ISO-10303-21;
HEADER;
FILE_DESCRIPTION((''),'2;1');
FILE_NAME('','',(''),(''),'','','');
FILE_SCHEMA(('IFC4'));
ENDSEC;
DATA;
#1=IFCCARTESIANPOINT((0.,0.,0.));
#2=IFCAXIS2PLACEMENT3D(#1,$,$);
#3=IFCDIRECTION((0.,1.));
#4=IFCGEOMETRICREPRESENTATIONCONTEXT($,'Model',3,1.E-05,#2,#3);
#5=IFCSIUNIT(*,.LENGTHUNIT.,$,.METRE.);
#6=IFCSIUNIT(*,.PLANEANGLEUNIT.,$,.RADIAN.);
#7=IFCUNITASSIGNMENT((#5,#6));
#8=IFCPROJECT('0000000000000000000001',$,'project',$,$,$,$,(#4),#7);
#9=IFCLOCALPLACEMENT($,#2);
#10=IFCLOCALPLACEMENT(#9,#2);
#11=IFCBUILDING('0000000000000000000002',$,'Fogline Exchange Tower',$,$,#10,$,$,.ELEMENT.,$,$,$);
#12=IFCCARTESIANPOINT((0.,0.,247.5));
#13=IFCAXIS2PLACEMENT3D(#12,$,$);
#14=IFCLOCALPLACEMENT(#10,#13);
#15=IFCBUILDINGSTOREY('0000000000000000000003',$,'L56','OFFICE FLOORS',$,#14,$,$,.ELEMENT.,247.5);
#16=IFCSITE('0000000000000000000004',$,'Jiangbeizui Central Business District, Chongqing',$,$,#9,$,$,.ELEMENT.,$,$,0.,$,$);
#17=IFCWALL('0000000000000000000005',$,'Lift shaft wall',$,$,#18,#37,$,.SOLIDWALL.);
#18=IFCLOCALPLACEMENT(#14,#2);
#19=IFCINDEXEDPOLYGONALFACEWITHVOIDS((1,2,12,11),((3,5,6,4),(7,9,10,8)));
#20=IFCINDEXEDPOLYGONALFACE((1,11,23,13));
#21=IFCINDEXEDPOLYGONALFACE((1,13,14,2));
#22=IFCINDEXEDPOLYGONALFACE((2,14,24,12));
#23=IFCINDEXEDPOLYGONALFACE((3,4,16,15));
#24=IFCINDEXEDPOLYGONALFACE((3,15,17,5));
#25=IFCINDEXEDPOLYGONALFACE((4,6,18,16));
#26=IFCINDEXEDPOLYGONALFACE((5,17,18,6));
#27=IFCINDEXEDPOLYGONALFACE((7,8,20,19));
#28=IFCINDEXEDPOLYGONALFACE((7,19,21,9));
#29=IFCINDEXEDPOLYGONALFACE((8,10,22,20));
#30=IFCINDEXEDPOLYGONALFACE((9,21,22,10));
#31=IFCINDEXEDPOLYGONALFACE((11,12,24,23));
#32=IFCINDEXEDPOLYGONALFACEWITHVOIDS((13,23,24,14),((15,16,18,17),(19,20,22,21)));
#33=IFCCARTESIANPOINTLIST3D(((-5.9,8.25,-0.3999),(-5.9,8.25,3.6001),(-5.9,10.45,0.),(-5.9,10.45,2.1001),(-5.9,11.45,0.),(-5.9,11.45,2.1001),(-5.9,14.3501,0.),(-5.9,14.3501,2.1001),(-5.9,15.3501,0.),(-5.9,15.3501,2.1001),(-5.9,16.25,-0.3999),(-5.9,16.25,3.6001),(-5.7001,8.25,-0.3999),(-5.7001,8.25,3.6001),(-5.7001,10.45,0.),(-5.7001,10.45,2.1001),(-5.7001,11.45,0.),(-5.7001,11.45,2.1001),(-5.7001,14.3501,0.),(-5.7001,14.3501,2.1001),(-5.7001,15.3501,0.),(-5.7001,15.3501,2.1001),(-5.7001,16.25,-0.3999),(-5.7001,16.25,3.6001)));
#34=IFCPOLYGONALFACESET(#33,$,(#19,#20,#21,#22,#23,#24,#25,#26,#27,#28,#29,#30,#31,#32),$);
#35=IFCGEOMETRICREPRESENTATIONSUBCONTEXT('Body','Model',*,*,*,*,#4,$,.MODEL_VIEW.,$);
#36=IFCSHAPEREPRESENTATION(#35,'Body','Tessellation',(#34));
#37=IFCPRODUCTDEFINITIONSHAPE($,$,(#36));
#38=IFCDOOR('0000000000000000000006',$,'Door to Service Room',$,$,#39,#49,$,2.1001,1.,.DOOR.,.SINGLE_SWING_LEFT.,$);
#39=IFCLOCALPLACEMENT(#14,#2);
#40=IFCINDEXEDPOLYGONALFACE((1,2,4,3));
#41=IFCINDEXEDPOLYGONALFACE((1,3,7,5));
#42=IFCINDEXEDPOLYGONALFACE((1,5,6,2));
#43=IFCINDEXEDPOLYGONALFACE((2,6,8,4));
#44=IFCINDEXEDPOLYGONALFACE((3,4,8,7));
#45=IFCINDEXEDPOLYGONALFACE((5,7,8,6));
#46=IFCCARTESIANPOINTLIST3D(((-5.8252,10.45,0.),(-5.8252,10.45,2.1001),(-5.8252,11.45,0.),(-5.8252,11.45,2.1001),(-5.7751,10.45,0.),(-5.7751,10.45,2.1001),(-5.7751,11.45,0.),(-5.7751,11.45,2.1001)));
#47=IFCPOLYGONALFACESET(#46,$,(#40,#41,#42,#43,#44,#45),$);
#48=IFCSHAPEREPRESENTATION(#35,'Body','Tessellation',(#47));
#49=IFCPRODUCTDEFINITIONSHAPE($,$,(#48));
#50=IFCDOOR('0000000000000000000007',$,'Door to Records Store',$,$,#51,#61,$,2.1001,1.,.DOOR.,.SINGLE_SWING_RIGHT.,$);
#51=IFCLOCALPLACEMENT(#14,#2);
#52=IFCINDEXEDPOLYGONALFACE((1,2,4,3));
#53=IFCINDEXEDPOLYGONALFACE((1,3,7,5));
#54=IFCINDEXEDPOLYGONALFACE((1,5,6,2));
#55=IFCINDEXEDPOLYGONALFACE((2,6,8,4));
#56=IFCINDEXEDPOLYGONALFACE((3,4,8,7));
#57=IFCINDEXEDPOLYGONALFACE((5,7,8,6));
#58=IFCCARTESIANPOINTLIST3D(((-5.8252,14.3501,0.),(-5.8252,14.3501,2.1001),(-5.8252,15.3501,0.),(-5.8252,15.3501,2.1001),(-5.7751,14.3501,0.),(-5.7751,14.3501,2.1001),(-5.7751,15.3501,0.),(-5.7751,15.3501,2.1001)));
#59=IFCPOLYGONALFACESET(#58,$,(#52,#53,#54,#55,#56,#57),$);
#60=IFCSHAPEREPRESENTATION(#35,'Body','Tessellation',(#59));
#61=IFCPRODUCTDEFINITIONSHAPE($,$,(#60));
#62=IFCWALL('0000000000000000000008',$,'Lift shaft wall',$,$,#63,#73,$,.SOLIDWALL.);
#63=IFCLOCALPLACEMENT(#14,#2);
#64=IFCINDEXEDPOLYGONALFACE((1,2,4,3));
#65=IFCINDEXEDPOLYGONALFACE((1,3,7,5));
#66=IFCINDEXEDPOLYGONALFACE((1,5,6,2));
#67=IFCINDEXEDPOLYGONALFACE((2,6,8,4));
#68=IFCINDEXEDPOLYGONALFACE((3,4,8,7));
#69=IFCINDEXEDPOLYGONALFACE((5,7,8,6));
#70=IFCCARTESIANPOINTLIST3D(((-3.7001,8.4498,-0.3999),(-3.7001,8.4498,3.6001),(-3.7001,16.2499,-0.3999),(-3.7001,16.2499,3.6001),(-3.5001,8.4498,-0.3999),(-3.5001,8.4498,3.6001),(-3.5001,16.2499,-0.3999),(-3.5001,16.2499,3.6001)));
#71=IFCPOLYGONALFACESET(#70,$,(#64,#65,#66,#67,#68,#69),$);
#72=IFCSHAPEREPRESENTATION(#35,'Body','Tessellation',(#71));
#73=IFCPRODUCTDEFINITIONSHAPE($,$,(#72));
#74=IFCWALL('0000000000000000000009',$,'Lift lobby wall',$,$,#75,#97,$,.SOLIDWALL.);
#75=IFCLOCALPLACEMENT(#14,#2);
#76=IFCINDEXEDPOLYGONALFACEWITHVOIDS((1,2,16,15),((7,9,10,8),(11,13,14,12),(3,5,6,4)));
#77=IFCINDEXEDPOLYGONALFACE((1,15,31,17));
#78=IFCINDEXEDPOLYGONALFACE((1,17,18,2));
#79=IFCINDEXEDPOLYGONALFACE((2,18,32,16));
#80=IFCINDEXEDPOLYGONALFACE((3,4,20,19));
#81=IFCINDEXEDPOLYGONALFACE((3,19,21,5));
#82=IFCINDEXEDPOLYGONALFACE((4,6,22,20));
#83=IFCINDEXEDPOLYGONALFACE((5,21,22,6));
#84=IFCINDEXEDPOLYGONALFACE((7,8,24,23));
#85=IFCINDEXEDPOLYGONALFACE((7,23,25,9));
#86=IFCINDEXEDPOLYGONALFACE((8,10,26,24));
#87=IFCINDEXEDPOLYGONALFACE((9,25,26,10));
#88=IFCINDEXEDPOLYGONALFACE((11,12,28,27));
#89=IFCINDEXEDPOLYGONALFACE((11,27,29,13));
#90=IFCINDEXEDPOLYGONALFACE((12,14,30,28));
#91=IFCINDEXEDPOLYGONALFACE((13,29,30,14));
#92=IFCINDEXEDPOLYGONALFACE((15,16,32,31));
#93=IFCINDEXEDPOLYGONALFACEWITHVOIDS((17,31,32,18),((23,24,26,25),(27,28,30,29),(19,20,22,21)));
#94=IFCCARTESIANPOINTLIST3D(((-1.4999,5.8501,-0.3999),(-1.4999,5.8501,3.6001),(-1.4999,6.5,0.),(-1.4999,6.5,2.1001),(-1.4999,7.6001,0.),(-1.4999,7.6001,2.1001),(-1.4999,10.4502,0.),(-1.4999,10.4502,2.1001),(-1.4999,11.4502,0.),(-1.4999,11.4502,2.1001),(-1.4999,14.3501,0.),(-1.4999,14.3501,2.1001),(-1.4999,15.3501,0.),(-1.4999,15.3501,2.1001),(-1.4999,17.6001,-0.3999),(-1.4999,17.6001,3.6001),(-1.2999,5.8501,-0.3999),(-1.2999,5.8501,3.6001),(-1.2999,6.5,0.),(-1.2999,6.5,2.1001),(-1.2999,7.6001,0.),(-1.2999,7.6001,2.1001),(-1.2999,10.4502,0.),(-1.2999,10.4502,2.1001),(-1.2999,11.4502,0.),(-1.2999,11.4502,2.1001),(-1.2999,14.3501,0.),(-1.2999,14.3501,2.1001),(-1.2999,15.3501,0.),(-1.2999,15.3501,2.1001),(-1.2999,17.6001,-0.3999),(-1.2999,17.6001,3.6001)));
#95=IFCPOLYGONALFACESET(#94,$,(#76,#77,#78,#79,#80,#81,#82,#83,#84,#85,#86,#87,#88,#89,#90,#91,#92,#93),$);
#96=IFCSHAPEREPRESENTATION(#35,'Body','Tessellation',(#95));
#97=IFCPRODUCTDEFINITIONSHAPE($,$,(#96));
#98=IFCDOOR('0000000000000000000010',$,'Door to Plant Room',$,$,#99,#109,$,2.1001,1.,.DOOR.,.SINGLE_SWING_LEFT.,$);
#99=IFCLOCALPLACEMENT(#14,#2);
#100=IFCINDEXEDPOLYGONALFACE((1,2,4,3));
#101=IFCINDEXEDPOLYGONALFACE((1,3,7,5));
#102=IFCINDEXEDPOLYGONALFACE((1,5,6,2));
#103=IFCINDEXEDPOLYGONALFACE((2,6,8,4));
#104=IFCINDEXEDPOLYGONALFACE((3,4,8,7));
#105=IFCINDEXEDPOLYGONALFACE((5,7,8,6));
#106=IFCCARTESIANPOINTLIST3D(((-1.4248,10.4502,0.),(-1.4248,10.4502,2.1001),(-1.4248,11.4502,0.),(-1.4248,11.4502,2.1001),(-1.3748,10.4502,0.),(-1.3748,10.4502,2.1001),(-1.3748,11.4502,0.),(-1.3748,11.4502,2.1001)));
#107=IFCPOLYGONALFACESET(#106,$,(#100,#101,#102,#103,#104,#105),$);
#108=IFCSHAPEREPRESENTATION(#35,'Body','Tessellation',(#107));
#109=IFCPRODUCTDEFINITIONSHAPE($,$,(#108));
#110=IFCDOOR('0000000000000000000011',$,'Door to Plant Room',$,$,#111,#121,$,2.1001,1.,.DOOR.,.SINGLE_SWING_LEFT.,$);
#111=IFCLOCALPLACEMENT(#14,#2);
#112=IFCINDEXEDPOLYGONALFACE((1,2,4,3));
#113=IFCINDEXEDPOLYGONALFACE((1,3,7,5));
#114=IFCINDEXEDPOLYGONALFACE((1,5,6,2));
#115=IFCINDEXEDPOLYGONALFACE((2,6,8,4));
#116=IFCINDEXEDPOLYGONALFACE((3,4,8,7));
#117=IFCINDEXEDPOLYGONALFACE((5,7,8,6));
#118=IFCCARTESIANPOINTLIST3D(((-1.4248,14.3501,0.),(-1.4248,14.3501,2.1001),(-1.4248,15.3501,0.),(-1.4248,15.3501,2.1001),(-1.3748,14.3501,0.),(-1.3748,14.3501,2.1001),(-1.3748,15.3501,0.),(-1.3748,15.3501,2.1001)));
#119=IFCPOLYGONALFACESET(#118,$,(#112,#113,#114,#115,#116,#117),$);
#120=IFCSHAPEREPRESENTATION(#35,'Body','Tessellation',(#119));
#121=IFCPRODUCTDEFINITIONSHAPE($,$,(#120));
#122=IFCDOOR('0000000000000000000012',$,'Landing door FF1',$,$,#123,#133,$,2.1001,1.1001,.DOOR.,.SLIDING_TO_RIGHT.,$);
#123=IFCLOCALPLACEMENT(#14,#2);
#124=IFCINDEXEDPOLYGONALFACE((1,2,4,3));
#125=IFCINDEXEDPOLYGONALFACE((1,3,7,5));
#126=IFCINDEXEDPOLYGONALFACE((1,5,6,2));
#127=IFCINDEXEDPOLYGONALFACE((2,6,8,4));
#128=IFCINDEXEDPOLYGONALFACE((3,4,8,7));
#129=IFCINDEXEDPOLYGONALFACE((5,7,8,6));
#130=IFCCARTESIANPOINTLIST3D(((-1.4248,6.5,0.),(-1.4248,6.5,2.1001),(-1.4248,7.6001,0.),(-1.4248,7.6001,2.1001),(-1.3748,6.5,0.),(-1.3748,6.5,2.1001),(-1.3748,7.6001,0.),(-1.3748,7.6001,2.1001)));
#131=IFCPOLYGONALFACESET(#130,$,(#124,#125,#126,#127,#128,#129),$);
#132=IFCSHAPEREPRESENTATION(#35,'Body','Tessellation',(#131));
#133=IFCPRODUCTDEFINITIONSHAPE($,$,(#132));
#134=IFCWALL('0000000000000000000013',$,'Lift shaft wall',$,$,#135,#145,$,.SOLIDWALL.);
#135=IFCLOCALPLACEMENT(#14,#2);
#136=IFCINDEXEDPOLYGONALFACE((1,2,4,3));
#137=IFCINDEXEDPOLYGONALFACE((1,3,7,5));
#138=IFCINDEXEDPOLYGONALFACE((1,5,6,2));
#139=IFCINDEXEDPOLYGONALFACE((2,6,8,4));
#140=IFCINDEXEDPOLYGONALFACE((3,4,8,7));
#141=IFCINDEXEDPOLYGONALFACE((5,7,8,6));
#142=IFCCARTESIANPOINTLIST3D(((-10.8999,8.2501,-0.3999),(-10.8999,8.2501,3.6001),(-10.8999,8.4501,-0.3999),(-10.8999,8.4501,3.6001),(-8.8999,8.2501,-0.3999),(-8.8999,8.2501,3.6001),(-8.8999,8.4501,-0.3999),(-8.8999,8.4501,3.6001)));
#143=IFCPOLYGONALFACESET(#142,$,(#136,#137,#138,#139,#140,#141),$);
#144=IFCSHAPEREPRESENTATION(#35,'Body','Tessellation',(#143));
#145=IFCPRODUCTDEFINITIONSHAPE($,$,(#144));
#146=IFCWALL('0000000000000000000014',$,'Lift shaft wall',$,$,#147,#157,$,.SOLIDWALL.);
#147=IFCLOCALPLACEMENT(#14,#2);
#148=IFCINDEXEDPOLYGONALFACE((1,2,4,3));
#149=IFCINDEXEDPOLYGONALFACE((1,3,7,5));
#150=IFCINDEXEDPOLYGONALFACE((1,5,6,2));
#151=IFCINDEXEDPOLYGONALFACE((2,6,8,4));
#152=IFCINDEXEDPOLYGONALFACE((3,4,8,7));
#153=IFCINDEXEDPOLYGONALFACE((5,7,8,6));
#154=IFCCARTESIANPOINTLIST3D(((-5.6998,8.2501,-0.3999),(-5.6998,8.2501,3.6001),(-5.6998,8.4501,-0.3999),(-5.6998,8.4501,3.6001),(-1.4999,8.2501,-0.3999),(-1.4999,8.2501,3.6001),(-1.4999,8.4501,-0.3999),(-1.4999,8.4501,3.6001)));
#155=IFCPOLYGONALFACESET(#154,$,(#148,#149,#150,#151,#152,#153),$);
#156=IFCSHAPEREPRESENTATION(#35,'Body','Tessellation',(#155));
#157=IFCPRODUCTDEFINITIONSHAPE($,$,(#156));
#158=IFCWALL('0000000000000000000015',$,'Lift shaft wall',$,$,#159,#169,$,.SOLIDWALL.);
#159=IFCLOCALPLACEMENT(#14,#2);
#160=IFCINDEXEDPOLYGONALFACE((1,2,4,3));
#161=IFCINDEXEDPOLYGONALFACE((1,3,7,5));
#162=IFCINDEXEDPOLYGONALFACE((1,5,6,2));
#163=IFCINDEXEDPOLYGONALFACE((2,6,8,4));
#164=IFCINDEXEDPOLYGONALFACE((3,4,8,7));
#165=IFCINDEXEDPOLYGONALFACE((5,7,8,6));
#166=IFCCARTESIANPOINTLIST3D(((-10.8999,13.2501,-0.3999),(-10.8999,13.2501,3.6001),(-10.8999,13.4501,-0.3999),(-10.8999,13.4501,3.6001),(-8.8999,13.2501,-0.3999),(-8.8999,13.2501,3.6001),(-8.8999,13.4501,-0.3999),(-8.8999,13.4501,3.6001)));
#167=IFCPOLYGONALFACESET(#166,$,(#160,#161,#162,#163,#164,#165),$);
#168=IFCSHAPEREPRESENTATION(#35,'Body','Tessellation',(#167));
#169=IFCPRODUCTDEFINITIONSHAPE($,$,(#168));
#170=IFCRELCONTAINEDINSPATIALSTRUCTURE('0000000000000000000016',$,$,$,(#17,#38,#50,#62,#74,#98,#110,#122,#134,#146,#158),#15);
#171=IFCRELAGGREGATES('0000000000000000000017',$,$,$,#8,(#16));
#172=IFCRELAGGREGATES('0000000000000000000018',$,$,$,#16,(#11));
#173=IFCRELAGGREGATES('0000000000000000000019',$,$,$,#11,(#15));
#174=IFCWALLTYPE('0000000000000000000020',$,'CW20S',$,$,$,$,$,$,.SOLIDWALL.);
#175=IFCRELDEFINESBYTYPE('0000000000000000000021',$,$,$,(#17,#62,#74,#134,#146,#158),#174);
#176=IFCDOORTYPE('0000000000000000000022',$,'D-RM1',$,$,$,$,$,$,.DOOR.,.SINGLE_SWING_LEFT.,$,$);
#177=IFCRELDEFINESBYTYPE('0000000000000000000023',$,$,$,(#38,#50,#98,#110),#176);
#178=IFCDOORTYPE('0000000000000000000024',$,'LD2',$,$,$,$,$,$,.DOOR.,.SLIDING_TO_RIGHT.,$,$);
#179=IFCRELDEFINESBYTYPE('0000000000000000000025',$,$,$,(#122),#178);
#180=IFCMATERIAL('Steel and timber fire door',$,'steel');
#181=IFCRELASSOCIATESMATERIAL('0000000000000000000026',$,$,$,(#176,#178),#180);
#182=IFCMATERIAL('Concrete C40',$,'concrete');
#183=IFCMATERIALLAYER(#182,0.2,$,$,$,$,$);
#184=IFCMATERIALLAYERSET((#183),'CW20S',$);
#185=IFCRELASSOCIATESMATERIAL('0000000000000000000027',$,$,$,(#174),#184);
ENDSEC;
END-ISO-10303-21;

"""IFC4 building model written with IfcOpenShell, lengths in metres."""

from ifc_helpers import new_model, si_unit, direction, frame, frame_2d, origin, place, context, subcontext, project, spatial, rectangle, extrude, material, layer, layer_set, type_object, element, fill, save


model = new_model("IFC4")

# Units and contexts
model_context = context("Model", 3, precision=1e-05, world=origin(), true_north=direction((0.0, 1.0)))
body_context = subcontext(model_context, "Body", "Model", "MODEL_VIEW")
ifc_project = project(units=[si_unit("LENGTHUNIT", "METRE"), si_unit("PLANEANGLEUNIT", "RADIAN")], contexts=[model_context])

# Site, building, storey
site_placement = place(None, origin())
site = spatial("IfcSite", under=ifc_project, at=site_placement, Name="Jiangbeizui Central Business District, Chongqing", CompositionType="ELEMENT", RefElevation=0.0)
building_placement = place(site_placement, origin())
building = spatial("IfcBuilding", under=site, at=building_placement, Name="Fogline Exchange Tower", CompositionType="ELEMENT")
storey_placement = place(building_placement, frame((0.0, 0.0, 247.5)))
storey = spatial("IfcBuildingStorey", under=building, at=storey_placement, Name="L56", Description="OFFICE FLOORS", CompositionType="ELEMENT", Elevation=247.5)

# Shared definitions
ifc_material_1 = material(Name="Steel and timber fire door", Category="steel")

# Shared definitions
ifc_material_2 = material(Name="Concrete C40", Category="concrete")
door_type_1 = type_object("IfcDoorType", Name="D-RM1", OperationType="SINGLE_SWING_LEFT", PredefinedType="DOOR", material=ifc_material_1)
ifc_layer_1 = layer(ifc_material_2, 0.2)
ifc_layer_set_1 = layer_set([ifc_layer_1], Name="CW20S")
wall_type_1 = type_object("IfcWallType", Name="CW20S", PredefinedType="SOLIDWALL", material=ifc_layer_set_1)

# Wall, openings, doors
wall_1_placement = place(storey_placement, frame((-5.8, 8.25, -0.3999), z_axis=(0.0, 0.0, 1.0), x_axis=(0.0, 1.0, 0.0)))
wall_1 = element("IfcWall", 1, at=wall_1_placement, inside=storey, type_object=wall_type_1, Name="Lift shaft wall", PredefinedType="SOLIDWALL", context=body_context, shape_type="SweptSolid", body=[
    extrude(rectangle(XDim=8.0, YDim=0.2, at=frame_2d((4.0, 0.0))), origin(), (0.0, 0.0, 1.0), 4.0),
])
opening_1_placement = place(wall_1_placement, frame((2.2, 0.0, 0.3999)))
opening_1 = element("IfcOpeningElement", 2, at=opening_1_placement, cuts=wall_1, PredefinedType="OPENING", context=body_context, shape_type="SweptSolid", body=[
    extrude(rectangle(XDim=1.0, YDim=2.1001, at=frame_2d((0.5, 1.05))), frame((0.0, 0.1099, 0.0), z_axis=(0.0, -1.0, 0.0), x_axis=(1.0, 0.0, 0.0)), (0.0, 0.0, 1.0), 0.22),
])
opening_2_placement = place(wall_1_placement, frame((6.1001, 0.0, 0.3999)))
opening_2 = element("IfcOpeningElement", 3, at=opening_2_placement, cuts=wall_1, PredefinedType="OPENING", context=body_context, shape_type="SweptSolid", body=[
    extrude(rectangle(XDim=1.0, YDim=2.1001, at=frame_2d((0.5, 1.05))), frame((0.0, 0.1099, 0.0), z_axis=(0.0, -1.0, 0.0), x_axis=(1.0, 0.0, 0.0)), (0.0, 0.0, 1.0), 0.22),
])
door_1_placement = place(opening_1_placement, frame((1.0, 0.0, 0.0), z_axis=(0.0, 0.0, 1.0), x_axis=(-1.0, 0.0, 0.0)))
door_1 = element("IfcDoor", 4, at=door_1_placement, inside=storey, type_object=door_type_1, Name="Door to Service Room", OperationType="SINGLE_SWING_LEFT", OverallHeight=2.1001, OverallWidth=1.0, PredefinedType="DOOR", context=body_context, shape_type="SweptSolid", body=[
    extrude(rectangle(XDim=1.0, YDim=2.1001, at=frame_2d((0.5, 1.05))), frame((0.0, 0.0249, 0.0), z_axis=(0.0, -1.0, 0.0), x_axis=(1.0, 0.0, 0.0)), (0.0, 0.0, 1.0), 0.05),
])
fill(opening_1, door_1)
door_2_placement = place(opening_2_placement, frame((1.0, 0.0, 0.0), z_axis=(0.0, 0.0, 1.0), x_axis=(-1.0, 0.0, 0.0)))
door_2 = element("IfcDoor", 5, at=door_2_placement, inside=storey, type_object=door_type_1, Name="Door to Records Store", OperationType="SINGLE_SWING_RIGHT", OverallHeight=2.1001, OverallWidth=1.0, PredefinedType="DOOR", context=body_context, shape_type="SweptSolid", body=[
    extrude(rectangle(XDim=1.0, YDim=2.1001, at=frame_2d((0.5, 1.05))), frame((0.0, 0.0249, 0.0), z_axis=(0.0, -1.0, 0.0), x_axis=(1.0, 0.0, 0.0)), (0.0, 0.0, 1.0), 0.05),
])
fill(opening_2, door_2)

# Wall
wall_2_placement = place(storey_placement, frame((-3.6001, 8.45, -0.3999), z_axis=(0.0, 0.0, 1.0), x_axis=(0.0, 1.0, 0.0)))
element("IfcWall", 6, at=wall_2_placement, inside=storey, type_object=wall_type_1, Name="Lift shaft wall", PredefinedType="SOLIDWALL", context=body_context, shape_type="SweptSolid", body=[
    extrude(rectangle(XDim=7.8, YDim=0.2, at=frame_2d((3.8999, 0.0))), origin(), (0.0, 0.0, 1.0), 4.0),
])

# Wall, openings, doors
wall_3_placement = place(storey_placement, frame((-1.3999, 5.8501, -0.3999), z_axis=(0.0, 0.0, 1.0), x_axis=(0.0, 1.0, 0.0)))
wall_3 = element("IfcWall", 7, at=wall_3_placement, inside=storey, type_object=wall_type_1, Name="Lift lobby wall", PredefinedType="SOLIDWALL", context=body_context, shape_type="SweptSolid", body=[
    extrude(rectangle(XDim=11.75, YDim=0.2, at=frame_2d((5.875, 0.0))), origin(), (0.0, 0.0, 1.0), 4.0),
])
opening_3_placement = place(wall_3_placement, frame((0.6499, 0.0, 0.3999)))
opening_3 = element("IfcOpeningElement", 8, at=opening_3_placement, cuts=wall_3, PredefinedType="OPENING", context=body_context, shape_type="SweptSolid", body=[
    extrude(rectangle(XDim=1.1001, YDim=2.1001, at=frame_2d((0.55, 1.05))), frame((0.0, 0.1099, 0.0), z_axis=(0.0, -1.0, 0.0), x_axis=(1.0, 0.0, 0.0)), (0.0, 0.0, 1.0), 0.22),
])
opening_4_placement = place(wall_3_placement, frame((4.6001, 0.0, 0.3999)))
opening_4 = element("IfcOpeningElement", 9, at=opening_4_placement, cuts=wall_3, PredefinedType="OPENING", context=body_context, shape_type="SweptSolid", body=[
    extrude(rectangle(XDim=1.0, YDim=2.1001, at=frame_2d((0.5, 1.05))), frame((0.0, 0.1099, 0.0), z_axis=(0.0, -1.0, 0.0), x_axis=(1.0, 0.0, 0.0)), (0.0, 0.0, 1.0), 0.22),
])
opening_5_placement = place(wall_3_placement, frame((8.5, 0.0, 0.3999)))
opening_5 = element("IfcOpeningElement", 10, at=opening_5_placement, cuts=wall_3, PredefinedType="OPENING", context=body_context, shape_type="SweptSolid", body=[
    extrude(rectangle(XDim=1.0, YDim=2.1001, at=frame_2d((0.5, 1.05))), frame((0.0, 0.1099, 0.0), z_axis=(0.0, -1.0, 0.0), x_axis=(1.0, 0.0, 0.0)), (0.0, 0.0, 1.0), 0.22),
])
door_3_placement = place(opening_4_placement, origin())
door_3 = element("IfcDoor", 11, at=door_3_placement, inside=storey, type_object=door_type_1, Name="Door to Plant Room", OperationType="SINGLE_SWING_LEFT", OverallHeight=2.1001, OverallWidth=1.0, PredefinedType="DOOR", context=body_context, shape_type="SweptSolid", body=[
    extrude(rectangle(XDim=1.0, YDim=2.1001, at=frame_2d((0.5, 1.05))), frame((0.0, 0.0249, 0.0), z_axis=(0.0, -1.0, 0.0), x_axis=(1.0, 0.0, 0.0)), (0.0, 0.0, 1.0), 0.05),
])
fill(opening_4, door_3)
door_4_placement = place(opening_5_placement, origin())
door_4 = element("IfcDoor", 12, at=door_4_placement, inside=storey, type_object=door_type_1, Name="Door to Plant Room", OperationType="SINGLE_SWING_LEFT", OverallHeight=2.1001, OverallWidth=1.0, PredefinedType="DOOR", context=body_context, shape_type="SweptSolid", body=[
    extrude(rectangle(XDim=1.0, YDim=2.1001, at=frame_2d((0.5, 1.05))), frame((0.0, 0.0249, 0.0), z_axis=(0.0, -1.0, 0.0), x_axis=(1.0, 0.0, 0.0)), (0.0, 0.0, 1.0), 0.05),
])
fill(opening_5, door_4)
door_type_2 = type_object("IfcDoorType", Name="LD2", OperationType="SLIDING_TO_RIGHT", PredefinedType="DOOR", material=ifc_material_1)
door_5_placement = place(opening_3_placement, origin())
door_5 = element("IfcDoor", 13, at=door_5_placement, inside=storey, type_object=door_type_2, Name="Landing door FF1", OperationType="SLIDING_TO_RIGHT", OverallHeight=2.1001, OverallWidth=1.1001, PredefinedType="DOOR", context=body_context, shape_type="SweptSolid", body=[
    extrude(rectangle(XDim=1.1001, YDim=2.1001, at=frame_2d((0.55, 1.05))), frame((0.0, 0.0249, 0.0), z_axis=(0.0, -1.0, 0.0), x_axis=(1.0, 0.0, 0.0)), (0.0, 0.0, 1.0), 0.05),
])
fill(opening_3, door_5)

# Walls
wall_4_placement = place(storey_placement, frame((-10.8999, 8.3501, -0.3999), z_axis=(0.0, 0.0, 1.0), x_axis=(1.0, 0.0, 0.0)))
element("IfcWall", 14, at=wall_4_placement, inside=storey, type_object=wall_type_1, Name="Lift shaft wall", PredefinedType="SOLIDWALL", context=body_context, shape_type="SweptSolid", body=[
    extrude(rectangle(XDim=2.0, YDim=0.2, at=frame_2d((1.0, 0.0))), origin(), (0.0, 0.0, 1.0), 4.0),
])
wall_5_placement = place(storey_placement, frame((-5.7, 8.3501, -0.3999), z_axis=(0.0, 0.0, 1.0), x_axis=(1.0, 0.0, 0.0)))
element("IfcWall", 15, at=wall_5_placement, inside=storey, type_object=wall_type_1, Name="Lift shaft wall", PredefinedType="SOLIDWALL", context=body_context, shape_type="SweptSolid", body=[
    extrude(rectangle(XDim=4.2, YDim=0.2, at=frame_2d((2.1001, 0.0))), origin(), (0.0, 0.0, 1.0), 4.0),
])
wall_6_placement = place(storey_placement, frame((-10.8999, 13.3501, -0.3999), z_axis=(0.0, 0.0, 1.0), x_axis=(1.0, 0.0, 0.0)))
element("IfcWall", 16, at=wall_6_placement, inside=storey, type_object=wall_type_1, Name="Lift shaft wall", PredefinedType="SOLIDWALL", context=body_context, shape_type="SweptSolid", body=[
    extrude(rectangle(XDim=2.0, YDim=0.2, at=frame_2d((1.0, 0.0))), origin(), (0.0, 0.0, 1.0), 4.0),
])

save(model, "model.ifc")
